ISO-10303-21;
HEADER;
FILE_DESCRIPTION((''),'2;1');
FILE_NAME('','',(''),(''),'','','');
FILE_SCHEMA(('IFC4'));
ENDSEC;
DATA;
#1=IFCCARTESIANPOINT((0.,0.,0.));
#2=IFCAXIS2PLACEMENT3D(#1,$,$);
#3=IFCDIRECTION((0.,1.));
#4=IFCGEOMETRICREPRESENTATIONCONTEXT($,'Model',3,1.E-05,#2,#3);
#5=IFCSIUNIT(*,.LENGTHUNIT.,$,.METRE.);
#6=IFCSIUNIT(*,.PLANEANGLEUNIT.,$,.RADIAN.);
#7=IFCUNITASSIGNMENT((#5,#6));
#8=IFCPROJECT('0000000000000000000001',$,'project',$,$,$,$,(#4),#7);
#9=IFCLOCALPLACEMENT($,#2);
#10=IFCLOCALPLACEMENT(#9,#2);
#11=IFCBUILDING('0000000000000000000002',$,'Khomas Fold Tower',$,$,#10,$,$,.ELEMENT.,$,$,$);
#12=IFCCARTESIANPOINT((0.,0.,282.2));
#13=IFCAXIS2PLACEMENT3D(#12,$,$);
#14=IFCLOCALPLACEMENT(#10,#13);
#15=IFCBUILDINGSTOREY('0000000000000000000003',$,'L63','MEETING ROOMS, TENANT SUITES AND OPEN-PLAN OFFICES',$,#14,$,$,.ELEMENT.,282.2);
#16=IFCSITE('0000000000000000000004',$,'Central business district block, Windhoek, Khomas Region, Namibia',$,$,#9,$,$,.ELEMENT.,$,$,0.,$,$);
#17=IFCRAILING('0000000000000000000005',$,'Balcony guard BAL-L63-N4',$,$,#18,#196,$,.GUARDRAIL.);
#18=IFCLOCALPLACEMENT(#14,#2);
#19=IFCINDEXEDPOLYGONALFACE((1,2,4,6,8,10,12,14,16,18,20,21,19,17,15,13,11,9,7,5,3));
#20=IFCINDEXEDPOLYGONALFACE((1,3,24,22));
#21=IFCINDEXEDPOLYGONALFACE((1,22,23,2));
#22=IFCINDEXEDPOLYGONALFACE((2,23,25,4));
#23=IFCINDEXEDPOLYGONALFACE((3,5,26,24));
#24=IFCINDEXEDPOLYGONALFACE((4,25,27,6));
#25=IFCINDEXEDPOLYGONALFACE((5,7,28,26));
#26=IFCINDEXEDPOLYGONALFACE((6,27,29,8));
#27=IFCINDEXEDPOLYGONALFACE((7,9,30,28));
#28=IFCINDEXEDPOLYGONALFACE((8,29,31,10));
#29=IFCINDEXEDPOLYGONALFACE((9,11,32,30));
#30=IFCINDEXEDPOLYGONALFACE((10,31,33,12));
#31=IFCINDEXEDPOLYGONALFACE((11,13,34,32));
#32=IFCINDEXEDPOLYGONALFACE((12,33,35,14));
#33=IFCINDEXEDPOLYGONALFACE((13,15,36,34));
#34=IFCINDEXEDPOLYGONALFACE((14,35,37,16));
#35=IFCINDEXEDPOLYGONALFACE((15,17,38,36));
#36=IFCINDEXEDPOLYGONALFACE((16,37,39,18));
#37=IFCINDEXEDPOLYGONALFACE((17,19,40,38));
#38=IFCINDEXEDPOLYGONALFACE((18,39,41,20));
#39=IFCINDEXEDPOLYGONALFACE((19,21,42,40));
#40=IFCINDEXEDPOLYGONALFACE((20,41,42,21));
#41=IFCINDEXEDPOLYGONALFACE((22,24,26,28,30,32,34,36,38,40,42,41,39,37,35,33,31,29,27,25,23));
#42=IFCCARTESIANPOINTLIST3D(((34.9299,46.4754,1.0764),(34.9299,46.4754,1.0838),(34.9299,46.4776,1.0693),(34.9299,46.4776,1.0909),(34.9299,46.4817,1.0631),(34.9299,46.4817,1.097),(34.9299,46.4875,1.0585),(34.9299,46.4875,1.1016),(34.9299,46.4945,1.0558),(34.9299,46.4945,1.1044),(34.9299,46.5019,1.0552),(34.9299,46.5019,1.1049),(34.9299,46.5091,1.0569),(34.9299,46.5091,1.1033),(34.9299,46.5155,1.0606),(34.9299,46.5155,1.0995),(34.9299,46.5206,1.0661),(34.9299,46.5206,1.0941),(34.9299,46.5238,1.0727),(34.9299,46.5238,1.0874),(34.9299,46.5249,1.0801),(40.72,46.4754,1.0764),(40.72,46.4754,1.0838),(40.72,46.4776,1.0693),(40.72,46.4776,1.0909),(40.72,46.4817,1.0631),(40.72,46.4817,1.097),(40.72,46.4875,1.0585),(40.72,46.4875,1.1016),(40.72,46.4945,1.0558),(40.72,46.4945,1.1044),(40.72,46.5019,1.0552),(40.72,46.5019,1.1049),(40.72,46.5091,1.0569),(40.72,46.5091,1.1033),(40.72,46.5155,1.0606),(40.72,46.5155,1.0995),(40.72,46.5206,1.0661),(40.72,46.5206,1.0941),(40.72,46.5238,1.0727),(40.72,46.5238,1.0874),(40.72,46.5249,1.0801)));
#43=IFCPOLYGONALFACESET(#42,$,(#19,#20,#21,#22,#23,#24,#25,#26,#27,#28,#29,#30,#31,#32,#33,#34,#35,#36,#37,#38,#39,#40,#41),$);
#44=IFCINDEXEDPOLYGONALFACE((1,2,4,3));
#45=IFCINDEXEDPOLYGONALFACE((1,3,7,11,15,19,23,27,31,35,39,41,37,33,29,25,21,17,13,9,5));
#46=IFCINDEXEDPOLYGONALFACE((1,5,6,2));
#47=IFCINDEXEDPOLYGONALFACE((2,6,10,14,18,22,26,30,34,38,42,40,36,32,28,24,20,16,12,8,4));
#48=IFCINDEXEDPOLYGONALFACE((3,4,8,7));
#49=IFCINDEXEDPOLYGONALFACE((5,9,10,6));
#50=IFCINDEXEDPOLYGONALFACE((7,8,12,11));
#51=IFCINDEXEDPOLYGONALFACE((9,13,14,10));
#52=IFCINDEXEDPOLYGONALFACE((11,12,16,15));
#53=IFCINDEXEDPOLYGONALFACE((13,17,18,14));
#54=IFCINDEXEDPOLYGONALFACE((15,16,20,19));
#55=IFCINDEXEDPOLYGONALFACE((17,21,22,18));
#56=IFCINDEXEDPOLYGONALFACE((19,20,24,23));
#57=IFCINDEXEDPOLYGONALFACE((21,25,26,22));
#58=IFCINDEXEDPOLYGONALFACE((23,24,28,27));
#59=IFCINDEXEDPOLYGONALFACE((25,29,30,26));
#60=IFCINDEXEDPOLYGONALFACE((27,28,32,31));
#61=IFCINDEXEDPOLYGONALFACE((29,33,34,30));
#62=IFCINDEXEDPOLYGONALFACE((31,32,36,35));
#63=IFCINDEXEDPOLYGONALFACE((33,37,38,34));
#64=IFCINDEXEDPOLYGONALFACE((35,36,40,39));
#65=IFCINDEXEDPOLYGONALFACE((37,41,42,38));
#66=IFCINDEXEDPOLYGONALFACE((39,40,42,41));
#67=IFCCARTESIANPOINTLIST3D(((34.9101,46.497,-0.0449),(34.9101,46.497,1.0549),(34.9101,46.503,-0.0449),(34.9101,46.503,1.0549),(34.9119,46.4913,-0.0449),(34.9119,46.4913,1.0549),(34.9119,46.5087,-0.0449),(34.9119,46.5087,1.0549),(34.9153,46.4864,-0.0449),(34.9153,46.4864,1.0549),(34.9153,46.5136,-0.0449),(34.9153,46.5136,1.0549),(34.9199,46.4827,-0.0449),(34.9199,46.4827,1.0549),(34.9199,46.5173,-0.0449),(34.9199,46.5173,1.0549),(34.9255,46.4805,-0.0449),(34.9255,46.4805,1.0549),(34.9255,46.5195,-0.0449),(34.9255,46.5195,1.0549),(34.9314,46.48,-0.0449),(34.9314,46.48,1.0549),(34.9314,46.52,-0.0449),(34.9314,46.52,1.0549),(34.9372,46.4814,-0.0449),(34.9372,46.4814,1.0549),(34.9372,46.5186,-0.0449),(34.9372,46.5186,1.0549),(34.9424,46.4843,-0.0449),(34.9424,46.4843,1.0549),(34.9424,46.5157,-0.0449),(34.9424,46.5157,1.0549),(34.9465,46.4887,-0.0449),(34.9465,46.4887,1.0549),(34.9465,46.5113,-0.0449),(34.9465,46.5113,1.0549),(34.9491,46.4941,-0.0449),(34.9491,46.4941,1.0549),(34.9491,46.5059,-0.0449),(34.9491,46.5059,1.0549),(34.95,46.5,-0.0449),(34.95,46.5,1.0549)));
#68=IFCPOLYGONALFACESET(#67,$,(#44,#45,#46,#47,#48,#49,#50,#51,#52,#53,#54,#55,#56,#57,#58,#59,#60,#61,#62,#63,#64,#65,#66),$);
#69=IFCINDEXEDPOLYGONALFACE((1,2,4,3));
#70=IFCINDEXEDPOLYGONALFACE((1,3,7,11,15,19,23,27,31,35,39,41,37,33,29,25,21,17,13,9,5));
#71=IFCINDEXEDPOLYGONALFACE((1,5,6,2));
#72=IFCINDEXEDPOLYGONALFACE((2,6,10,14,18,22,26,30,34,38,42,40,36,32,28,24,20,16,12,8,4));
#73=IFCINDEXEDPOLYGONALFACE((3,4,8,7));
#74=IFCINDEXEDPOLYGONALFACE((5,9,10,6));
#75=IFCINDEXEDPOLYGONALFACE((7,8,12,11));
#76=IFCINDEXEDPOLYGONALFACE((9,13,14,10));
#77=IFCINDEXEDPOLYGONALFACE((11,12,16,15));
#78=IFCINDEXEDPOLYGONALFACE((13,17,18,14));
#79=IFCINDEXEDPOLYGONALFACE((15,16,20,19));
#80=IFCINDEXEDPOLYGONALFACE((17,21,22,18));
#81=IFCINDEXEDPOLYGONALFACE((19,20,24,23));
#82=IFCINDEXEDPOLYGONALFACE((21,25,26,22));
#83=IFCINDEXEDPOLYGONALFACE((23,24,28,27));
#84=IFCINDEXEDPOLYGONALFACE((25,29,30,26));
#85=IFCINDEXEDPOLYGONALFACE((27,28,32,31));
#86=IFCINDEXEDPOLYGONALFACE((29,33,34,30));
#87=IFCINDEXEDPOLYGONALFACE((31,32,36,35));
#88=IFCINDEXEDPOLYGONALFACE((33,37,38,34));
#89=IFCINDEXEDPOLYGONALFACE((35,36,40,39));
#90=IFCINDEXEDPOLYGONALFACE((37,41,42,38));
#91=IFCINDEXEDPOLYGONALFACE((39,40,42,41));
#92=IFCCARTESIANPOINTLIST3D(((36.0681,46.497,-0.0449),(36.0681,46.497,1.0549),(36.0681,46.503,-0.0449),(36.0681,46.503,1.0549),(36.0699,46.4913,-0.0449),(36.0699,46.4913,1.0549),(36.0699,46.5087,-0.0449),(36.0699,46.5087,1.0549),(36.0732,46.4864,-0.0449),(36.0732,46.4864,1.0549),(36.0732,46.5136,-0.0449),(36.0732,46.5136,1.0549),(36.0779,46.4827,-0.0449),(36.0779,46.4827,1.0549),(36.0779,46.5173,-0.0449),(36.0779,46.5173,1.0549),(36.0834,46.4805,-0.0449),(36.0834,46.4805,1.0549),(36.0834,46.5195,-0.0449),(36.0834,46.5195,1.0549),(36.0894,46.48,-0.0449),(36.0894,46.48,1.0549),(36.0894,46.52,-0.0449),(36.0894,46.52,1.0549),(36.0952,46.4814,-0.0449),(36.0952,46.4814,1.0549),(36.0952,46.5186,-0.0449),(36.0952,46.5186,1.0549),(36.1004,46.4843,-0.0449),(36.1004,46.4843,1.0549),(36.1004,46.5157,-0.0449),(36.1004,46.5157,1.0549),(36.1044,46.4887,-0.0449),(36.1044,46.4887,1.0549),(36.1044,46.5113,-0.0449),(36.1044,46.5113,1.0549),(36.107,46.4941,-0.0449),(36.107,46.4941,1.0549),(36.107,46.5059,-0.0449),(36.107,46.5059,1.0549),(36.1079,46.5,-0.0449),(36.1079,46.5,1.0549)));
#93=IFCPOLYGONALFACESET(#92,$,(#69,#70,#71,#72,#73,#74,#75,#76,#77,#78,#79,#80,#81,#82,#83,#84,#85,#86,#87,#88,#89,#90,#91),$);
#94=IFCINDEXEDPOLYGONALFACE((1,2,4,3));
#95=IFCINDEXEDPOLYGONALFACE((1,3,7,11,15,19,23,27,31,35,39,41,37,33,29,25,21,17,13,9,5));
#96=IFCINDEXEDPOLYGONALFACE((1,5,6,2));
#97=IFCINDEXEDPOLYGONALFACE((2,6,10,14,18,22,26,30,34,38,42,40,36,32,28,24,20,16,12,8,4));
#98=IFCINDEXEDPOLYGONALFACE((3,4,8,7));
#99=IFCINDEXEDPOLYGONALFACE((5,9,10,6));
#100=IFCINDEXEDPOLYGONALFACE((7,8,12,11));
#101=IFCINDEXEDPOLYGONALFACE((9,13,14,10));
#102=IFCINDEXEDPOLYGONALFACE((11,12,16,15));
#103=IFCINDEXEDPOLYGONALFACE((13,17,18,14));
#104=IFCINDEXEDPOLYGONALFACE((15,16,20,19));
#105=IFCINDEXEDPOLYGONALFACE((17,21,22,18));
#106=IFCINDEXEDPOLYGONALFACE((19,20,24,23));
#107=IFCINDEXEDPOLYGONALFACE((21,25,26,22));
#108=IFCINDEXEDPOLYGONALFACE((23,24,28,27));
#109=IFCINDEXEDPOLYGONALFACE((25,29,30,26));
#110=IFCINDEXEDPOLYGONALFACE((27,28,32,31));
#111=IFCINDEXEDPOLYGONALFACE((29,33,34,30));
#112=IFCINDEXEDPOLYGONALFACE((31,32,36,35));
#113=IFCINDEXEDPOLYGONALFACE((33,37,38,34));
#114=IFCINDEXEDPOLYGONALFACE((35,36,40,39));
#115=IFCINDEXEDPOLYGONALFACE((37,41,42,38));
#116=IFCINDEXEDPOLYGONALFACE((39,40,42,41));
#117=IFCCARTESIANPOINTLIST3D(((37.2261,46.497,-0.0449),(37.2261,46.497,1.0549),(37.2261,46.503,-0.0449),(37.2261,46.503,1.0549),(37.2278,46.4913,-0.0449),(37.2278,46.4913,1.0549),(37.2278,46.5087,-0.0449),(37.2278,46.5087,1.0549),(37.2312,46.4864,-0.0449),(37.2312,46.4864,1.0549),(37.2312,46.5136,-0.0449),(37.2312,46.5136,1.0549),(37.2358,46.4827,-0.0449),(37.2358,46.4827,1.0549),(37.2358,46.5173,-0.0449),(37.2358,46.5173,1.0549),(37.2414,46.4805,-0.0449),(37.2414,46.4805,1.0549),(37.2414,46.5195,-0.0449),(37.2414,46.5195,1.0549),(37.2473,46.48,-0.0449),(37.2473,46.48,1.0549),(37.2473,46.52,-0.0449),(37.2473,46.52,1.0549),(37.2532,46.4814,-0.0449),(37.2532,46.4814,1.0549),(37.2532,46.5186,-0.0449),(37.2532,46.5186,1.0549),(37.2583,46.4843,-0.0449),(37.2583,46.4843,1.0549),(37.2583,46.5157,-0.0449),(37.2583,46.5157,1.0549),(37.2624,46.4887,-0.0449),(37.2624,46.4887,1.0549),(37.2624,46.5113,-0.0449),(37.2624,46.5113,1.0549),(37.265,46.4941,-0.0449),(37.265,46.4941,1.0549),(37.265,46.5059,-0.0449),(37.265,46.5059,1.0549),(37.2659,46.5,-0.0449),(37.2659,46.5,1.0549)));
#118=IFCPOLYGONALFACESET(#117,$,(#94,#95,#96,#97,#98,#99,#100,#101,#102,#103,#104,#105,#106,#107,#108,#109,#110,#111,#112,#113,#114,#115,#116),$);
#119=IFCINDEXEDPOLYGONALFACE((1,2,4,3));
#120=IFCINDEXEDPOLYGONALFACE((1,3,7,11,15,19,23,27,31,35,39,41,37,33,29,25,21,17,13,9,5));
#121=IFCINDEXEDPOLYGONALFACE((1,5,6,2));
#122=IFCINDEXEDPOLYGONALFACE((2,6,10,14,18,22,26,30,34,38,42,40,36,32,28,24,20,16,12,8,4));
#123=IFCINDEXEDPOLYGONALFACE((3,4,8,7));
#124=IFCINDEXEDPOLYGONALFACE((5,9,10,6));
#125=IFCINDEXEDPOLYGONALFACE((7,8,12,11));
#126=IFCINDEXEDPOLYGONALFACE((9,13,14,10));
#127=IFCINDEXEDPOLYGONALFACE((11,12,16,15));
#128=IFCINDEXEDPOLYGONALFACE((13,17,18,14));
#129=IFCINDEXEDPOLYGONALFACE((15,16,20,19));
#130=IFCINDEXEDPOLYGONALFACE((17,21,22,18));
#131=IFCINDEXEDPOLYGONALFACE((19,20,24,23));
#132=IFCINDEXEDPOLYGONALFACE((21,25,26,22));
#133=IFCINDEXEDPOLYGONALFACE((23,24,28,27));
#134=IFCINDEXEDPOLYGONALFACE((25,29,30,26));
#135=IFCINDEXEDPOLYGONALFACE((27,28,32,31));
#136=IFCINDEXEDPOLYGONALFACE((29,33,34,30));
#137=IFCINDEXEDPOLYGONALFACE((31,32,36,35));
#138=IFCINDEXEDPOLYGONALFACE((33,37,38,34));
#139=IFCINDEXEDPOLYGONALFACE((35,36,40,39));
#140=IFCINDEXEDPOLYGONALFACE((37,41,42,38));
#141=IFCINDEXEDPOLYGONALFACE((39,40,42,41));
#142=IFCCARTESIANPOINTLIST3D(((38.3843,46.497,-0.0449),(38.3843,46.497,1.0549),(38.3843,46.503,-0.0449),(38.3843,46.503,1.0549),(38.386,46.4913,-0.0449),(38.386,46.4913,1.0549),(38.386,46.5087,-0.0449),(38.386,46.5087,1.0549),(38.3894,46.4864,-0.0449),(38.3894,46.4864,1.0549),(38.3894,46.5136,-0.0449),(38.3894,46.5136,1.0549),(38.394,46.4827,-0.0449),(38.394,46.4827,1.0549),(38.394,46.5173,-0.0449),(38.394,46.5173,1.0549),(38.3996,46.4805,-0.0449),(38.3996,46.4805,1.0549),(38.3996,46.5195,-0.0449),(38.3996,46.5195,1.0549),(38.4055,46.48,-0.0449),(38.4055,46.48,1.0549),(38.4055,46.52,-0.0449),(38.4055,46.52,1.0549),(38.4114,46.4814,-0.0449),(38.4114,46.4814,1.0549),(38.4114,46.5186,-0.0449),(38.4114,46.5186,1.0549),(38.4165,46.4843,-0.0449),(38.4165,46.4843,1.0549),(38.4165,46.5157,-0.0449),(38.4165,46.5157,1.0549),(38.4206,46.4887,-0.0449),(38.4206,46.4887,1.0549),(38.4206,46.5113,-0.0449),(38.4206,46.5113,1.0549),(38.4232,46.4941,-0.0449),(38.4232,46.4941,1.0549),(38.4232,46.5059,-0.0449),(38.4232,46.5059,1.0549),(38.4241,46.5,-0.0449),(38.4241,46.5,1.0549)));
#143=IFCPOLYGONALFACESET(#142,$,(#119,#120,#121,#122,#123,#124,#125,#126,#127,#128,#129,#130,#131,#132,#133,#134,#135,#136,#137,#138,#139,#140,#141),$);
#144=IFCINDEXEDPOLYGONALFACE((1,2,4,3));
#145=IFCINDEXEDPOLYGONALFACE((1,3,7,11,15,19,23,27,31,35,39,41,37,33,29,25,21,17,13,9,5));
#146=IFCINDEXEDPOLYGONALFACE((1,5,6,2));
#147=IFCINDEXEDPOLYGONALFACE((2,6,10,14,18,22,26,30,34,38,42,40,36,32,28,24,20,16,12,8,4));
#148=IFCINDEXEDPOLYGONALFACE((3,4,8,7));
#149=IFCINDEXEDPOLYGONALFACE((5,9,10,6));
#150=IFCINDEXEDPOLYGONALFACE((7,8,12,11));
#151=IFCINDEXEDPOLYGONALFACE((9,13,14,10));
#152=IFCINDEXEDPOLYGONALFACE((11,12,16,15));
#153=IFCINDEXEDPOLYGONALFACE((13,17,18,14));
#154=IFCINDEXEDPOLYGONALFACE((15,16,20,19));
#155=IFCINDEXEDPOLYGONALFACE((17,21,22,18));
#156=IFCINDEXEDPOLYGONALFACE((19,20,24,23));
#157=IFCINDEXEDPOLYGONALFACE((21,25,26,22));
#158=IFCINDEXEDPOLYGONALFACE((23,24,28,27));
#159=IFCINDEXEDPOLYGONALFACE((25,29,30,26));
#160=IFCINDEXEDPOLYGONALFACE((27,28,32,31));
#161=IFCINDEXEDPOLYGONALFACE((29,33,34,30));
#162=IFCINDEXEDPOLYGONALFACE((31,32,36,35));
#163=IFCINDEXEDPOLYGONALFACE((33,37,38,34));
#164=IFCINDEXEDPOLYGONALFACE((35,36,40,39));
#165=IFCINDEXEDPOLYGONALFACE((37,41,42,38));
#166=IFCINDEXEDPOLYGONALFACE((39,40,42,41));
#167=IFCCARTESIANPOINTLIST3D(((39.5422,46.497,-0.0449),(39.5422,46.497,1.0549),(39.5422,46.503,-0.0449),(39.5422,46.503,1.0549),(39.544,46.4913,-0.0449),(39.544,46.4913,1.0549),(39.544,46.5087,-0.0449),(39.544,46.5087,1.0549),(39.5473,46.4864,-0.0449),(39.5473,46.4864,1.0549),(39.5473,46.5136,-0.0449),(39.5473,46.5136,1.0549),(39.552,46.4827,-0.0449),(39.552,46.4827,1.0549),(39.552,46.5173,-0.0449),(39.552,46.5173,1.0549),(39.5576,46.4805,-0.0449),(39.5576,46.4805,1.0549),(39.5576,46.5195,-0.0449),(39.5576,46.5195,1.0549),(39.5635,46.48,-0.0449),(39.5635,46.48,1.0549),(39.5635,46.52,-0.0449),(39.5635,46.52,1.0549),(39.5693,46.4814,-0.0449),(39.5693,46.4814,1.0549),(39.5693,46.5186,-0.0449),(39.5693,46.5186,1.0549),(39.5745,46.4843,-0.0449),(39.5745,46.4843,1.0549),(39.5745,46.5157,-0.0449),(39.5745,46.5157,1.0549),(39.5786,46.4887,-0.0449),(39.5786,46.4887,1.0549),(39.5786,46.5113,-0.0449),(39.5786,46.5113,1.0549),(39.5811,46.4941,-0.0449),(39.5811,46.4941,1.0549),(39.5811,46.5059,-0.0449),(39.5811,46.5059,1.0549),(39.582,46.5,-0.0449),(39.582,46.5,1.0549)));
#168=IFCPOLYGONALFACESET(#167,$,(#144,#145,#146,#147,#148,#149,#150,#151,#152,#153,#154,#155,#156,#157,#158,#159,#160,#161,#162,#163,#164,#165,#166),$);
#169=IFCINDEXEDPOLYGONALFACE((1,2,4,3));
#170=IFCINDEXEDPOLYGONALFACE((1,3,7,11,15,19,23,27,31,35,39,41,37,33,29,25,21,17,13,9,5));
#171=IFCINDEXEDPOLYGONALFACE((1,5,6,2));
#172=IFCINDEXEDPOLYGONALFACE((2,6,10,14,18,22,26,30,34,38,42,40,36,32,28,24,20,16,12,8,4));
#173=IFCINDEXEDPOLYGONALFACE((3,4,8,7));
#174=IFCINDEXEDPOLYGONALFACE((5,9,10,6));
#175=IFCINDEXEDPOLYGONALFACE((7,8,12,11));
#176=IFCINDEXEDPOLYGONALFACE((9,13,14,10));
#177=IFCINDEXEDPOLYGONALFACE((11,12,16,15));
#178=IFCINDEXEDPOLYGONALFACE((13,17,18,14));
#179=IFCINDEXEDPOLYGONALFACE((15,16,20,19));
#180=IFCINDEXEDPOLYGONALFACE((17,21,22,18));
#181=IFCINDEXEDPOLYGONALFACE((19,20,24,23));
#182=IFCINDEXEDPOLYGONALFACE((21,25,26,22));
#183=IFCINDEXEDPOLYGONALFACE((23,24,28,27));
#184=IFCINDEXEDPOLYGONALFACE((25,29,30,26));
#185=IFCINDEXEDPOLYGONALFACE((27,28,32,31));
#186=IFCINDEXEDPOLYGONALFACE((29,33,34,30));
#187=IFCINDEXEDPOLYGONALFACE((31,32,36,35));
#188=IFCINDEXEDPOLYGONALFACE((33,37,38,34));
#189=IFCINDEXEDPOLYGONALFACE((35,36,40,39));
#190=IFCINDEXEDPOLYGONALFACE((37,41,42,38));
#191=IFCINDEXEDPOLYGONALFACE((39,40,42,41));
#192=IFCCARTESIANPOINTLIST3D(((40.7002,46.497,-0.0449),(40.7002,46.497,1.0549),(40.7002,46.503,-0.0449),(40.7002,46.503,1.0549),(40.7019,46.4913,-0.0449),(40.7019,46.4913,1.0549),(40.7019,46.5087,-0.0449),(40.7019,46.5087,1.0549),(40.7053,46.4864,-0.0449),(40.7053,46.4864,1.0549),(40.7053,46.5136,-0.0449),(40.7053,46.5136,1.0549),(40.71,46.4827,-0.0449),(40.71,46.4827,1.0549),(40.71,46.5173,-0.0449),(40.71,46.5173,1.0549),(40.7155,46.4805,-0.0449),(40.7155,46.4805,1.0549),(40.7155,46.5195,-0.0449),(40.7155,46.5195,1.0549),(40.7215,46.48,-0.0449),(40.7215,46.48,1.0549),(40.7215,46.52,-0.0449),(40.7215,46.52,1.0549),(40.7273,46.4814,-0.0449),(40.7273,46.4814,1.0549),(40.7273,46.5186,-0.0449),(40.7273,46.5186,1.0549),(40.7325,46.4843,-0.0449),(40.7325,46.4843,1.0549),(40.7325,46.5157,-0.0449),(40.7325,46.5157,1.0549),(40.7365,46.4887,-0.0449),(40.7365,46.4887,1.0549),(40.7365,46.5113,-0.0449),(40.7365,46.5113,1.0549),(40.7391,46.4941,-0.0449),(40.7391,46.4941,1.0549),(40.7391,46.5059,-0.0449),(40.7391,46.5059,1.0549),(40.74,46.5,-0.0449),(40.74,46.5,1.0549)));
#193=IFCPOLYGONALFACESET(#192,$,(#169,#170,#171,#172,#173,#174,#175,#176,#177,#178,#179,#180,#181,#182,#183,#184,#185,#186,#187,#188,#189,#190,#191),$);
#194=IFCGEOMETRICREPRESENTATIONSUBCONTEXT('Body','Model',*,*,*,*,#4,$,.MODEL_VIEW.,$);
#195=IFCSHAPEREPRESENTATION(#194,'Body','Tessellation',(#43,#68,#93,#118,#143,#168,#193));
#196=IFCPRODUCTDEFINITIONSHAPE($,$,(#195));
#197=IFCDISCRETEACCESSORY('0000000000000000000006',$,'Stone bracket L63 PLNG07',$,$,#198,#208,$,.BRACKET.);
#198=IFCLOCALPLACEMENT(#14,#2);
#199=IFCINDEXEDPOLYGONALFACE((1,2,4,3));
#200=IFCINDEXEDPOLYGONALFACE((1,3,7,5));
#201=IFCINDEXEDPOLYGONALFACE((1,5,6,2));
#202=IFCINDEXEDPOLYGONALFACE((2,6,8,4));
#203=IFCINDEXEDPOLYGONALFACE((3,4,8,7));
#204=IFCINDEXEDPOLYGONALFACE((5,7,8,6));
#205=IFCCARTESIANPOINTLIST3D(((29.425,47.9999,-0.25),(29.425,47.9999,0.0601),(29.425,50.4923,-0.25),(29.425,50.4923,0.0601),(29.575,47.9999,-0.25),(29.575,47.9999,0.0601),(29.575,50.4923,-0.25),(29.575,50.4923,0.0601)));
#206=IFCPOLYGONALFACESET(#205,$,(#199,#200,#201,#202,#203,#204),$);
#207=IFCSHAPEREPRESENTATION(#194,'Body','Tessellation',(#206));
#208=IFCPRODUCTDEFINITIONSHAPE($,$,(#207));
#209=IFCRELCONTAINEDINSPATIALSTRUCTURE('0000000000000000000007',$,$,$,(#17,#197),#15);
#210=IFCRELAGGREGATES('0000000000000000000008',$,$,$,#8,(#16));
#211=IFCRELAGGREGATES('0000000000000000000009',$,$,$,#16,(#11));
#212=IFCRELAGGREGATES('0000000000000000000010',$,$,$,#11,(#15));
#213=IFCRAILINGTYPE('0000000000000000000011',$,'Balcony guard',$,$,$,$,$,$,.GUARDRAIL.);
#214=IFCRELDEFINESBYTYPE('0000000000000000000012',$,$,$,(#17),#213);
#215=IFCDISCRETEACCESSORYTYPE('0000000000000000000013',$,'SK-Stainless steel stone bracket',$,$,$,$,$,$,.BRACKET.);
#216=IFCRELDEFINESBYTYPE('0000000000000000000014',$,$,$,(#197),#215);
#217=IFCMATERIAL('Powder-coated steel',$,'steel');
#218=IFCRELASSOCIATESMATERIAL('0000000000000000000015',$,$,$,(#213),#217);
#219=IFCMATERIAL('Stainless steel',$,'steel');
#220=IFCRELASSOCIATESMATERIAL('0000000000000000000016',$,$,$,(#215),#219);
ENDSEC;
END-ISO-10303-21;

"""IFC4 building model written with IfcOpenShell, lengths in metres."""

from ifc_helpers import new_model, si_unit, direction, frame, origin, origin_2d, place, context, subcontext, project, spatial, rectangle, circle, extrude, source, transform, mapped, material, type_object, element, save


model = new_model("IFC4")

# Units and contexts
model_context = context("Model", 3, precision=1e-05, world=origin(), true_north=direction((0.0, 1.0)))
body_context = subcontext(model_context, "Body", "Model", "MODEL_VIEW")
ifc_project = project(units=[si_unit("LENGTHUNIT", "METRE"), si_unit("PLANEANGLEUNIT", "RADIAN")], contexts=[model_context])

# Site, building, storey
site_placement = place(None, origin())
site = spatial("IfcSite", under=ifc_project, at=site_placement, Name="Central business district block, Windhoek, Khomas Region, Namibia", CompositionType="ELEMENT", RefElevation=0.0)
building_placement = place(site_placement, origin())
building = spatial("IfcBuilding", under=site, at=building_placement, Name="Khomas Fold Tower", CompositionType="ELEMENT")
storey_placement = place(building_placement, frame((0.0, 0.0, 282.2)))
storey = spatial("IfcBuildingStorey", under=building, at=storey_placement, Name="L63", Description="MEETING ROOMS, TENANT SUITES AND OPEN-PLAN OFFICES", CompositionType="ELEMENT", Elevation=282.2)

# Railing
ifc_material_1 = material(Name="Powder-coated steel", Category="steel")
railing_type = type_object("IfcRailingType", Name="Balcony guard", PredefinedType="GUARDRAIL", material=ifc_material_1)
shared_shape_1 = source(origin(), body_context, "Body", "SweptSolid", [
    extrude(circle(Radius=0.0249, at=origin_2d()), frame((0.0, 0.0, 1.125), z_axis=(1.0, 0.0, 0.0), x_axis=(0.0, 1.0, 0.0)), (0.0, 0.0, 1.0), 5.79),
    extrude(circle(Radius=0.02, at=origin_2d()), origin(), (0.0, 0.0, 1.0), 1.0999),
    extrude(circle(Radius=0.02, at=origin_2d()), frame((1.158, 0.0, 0.0)), (0.0, 0.0, 1.0), 1.0999),
    extrude(circle(Radius=0.02, at=origin_2d()), frame((2.3159, 0.0, 0.0)), (0.0, 0.0, 1.0), 1.0999),
    extrude(circle(Radius=0.02, at=origin_2d()), frame((3.4741, 0.0, 0.0)), (0.0, 0.0, 1.0), 1.0999),
    extrude(circle(Radius=0.02, at=origin_2d()), frame((4.6321, 0.0, 0.0)), (0.0, 0.0, 1.0), 1.0999),
    extrude(circle(Radius=0.02, at=origin_2d()), frame((5.79, 0.0, 0.0)), (0.0, 0.0, 1.0), 1.0999),
])
railing_placement = place(storey_placement, frame((34.9299, 46.5, -0.0449)))
element("IfcRailing", 1, at=railing_placement, inside=storey, type_object=railing_type, Name="Balcony guard BAL-L63-N4", PredefinedType="GUARDRAIL", context=body_context, shape_type="MappedRepresentation", body=[
    mapped(shared_shape_1, transform((0.0, 0.0, 0.0))),
])

# Discrete accessory
ifc_material_2 = material(Name="Stainless steel", Category="steel")
discrete_accessory_type = type_object("IfcDiscreteAccessoryType", Name="SK-Stainless steel stone bracket", PredefinedType="BRACKET", material=ifc_material_2)
shared_shape_2 = source(origin(), body_context, "Body", "SweptSolid", [
    extrude(rectangle(XDim=2.4924, YDim=0.1499, at=origin_2d()), origin(), (0.0, 0.0, 1.0), 0.3101),
])
for number, where, z_axis, x_axis, name in (
    (2, (29.5, 49.2461, -0.25), (0.0, 0.0, 1.0), (0.0, 1.0, 0.0), "Stone bracket L63 PLNG07"),
):
    element("IfcDiscreteAccessory", number, at=place(storey_placement, frame(where, z_axis=z_axis, x_axis=x_axis)), inside=storey, type_object=discrete_accessory_type, Name=name, PredefinedType="BRACKET", context=body_context, shape_type="MappedRepresentation", body=[
        mapped(shared_shape_2, transform((0.0, 0.0, 0.0))),
    ])

save(model, "model.ifc")
